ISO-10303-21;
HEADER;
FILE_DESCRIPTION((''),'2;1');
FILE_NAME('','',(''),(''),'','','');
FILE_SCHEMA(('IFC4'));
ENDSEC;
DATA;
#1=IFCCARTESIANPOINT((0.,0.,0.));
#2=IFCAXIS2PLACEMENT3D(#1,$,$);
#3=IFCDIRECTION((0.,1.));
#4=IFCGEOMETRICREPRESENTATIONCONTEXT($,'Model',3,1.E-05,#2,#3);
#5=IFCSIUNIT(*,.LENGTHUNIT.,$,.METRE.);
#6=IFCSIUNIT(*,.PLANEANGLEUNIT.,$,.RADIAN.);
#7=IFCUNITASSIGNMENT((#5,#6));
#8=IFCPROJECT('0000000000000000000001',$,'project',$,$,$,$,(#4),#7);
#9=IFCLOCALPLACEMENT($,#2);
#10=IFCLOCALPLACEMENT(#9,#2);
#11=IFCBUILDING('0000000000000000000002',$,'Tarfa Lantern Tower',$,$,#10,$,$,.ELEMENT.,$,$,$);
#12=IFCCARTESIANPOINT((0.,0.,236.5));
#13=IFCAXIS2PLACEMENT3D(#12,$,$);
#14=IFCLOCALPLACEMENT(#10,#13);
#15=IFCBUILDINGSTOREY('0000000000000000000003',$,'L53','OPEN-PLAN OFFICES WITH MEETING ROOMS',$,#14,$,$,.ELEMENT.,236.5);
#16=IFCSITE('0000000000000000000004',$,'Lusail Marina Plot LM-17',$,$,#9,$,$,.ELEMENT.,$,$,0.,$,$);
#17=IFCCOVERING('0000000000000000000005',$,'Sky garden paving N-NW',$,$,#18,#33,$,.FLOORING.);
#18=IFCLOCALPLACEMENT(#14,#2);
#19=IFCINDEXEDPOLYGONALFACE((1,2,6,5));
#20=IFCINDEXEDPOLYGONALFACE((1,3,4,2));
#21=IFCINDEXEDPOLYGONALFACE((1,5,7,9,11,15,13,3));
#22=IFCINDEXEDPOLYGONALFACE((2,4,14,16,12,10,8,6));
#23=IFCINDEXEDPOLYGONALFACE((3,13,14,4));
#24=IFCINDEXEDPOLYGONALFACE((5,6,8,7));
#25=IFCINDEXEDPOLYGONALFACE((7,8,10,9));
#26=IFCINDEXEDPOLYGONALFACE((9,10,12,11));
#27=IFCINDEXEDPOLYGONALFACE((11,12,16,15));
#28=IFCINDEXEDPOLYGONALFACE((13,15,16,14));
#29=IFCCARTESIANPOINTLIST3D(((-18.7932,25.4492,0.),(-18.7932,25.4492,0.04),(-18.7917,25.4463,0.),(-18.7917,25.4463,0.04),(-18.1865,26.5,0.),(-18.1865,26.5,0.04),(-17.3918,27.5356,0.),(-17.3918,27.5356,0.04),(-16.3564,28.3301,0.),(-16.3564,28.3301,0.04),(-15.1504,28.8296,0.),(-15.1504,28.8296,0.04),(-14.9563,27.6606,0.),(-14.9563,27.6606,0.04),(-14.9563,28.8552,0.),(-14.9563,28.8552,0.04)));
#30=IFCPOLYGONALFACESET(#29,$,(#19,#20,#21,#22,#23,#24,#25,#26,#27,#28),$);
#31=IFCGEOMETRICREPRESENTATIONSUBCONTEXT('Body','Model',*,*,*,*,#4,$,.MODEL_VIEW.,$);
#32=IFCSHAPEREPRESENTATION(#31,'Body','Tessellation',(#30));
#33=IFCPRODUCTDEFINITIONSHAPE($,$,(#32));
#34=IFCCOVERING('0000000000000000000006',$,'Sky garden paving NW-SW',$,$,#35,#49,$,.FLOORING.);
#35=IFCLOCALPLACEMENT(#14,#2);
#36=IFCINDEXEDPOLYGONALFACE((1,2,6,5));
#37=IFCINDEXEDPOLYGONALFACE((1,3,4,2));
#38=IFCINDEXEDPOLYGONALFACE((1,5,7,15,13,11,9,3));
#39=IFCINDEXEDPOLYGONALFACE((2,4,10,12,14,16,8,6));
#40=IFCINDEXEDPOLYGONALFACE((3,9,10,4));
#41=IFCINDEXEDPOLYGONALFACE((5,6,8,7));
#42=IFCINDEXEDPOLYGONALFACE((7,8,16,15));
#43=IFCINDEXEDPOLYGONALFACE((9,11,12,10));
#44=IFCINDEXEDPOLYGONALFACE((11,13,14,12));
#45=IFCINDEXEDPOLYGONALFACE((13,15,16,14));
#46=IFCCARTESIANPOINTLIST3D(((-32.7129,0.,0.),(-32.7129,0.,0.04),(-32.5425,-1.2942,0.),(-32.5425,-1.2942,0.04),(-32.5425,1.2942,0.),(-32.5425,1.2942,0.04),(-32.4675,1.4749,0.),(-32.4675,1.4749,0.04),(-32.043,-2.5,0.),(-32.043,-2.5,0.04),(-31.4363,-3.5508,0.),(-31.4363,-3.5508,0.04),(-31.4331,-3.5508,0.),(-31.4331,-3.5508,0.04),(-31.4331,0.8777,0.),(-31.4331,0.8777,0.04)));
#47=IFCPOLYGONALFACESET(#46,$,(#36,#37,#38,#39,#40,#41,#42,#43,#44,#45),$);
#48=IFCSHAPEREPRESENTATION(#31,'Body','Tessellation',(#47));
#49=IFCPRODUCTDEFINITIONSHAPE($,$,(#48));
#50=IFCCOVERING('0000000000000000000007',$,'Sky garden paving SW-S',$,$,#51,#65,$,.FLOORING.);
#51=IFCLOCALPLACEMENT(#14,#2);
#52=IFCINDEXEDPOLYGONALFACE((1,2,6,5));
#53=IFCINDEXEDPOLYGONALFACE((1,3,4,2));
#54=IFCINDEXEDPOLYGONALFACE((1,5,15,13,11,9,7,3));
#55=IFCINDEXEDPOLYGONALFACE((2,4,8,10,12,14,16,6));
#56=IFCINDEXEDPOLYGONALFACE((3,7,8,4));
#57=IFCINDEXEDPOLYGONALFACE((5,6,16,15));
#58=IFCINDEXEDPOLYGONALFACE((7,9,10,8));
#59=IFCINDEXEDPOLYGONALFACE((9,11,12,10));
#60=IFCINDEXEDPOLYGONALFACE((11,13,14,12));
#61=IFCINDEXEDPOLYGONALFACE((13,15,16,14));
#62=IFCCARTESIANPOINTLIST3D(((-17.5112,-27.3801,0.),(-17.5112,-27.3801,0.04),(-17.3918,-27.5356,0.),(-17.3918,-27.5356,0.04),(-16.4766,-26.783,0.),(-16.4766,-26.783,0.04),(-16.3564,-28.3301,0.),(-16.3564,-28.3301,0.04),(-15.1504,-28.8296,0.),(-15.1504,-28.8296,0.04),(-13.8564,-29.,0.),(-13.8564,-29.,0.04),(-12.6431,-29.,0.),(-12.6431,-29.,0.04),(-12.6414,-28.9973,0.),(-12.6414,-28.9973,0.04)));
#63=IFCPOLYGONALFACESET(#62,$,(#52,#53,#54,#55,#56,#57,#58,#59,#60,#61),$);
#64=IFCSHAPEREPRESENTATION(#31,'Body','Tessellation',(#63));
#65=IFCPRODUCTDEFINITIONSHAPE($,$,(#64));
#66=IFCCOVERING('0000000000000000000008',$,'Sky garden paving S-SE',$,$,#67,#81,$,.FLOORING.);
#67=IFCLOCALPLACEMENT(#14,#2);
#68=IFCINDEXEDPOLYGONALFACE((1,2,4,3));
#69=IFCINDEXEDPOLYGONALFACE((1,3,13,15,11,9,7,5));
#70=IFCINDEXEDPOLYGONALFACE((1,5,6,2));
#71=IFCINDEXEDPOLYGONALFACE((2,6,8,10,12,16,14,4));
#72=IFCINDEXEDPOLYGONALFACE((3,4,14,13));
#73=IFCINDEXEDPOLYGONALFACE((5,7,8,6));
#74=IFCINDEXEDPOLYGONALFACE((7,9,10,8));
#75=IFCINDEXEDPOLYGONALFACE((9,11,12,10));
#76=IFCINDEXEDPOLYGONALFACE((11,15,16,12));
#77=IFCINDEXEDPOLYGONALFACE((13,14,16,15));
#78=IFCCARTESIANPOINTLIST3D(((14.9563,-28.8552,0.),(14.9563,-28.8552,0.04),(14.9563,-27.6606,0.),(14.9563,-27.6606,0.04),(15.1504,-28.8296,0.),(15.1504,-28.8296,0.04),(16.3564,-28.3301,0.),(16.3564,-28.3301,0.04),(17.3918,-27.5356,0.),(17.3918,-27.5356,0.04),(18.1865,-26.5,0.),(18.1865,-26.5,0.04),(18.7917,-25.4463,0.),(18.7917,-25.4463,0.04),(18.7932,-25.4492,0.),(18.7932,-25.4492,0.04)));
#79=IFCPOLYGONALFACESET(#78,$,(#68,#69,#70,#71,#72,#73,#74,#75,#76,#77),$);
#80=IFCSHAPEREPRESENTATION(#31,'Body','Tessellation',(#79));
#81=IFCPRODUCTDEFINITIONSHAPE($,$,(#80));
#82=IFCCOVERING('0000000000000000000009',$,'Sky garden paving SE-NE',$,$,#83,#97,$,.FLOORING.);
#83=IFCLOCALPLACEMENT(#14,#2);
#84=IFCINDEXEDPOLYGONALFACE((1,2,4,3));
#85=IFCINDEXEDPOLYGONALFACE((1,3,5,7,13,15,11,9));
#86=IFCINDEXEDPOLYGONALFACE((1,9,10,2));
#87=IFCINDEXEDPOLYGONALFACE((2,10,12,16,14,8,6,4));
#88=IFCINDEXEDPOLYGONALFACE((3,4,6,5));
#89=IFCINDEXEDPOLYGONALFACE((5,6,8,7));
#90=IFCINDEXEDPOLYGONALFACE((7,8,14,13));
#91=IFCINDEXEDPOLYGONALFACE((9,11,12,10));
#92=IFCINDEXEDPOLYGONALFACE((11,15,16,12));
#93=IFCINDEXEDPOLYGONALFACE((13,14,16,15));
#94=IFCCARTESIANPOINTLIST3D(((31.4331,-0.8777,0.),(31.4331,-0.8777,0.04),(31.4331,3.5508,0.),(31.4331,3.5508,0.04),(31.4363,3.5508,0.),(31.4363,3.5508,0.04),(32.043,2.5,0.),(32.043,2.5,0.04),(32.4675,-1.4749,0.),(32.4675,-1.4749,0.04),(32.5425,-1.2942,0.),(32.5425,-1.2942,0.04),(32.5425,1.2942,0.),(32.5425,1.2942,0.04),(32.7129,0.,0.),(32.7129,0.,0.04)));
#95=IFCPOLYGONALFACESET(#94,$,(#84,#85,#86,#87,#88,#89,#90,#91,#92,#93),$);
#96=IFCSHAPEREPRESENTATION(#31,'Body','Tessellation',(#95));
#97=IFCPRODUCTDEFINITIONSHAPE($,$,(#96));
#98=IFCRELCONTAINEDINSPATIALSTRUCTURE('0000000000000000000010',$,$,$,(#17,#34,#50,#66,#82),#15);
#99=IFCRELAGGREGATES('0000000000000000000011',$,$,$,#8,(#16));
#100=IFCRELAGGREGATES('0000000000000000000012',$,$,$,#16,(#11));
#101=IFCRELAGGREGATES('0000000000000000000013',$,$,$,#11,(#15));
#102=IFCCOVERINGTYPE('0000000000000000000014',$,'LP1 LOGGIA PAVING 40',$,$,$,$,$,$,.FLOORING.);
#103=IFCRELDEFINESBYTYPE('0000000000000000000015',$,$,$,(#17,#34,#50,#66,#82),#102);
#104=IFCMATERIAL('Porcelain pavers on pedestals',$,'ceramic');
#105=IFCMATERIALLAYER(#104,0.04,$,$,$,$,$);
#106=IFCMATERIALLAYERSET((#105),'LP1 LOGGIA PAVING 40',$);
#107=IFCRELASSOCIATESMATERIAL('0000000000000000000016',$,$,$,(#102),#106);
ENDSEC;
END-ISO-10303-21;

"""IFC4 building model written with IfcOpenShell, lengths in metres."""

from ifc_helpers import new_model, si_unit, direction, frame, origin, place, context, subcontext, project, spatial, polyline, outline, extrude, material, layer, layer_set, type_object, element, save


model = new_model("IFC4")

# Units and contexts
model_context = context("Model", 3, precision=1e-05, world=origin(), true_north=direction((0.0, 1.0)))
body_context = subcontext(model_context, "Body", "Model", "MODEL_VIEW")
ifc_project = project(units=[si_unit("LENGTHUNIT", "METRE"), si_unit("PLANEANGLEUNIT", "RADIAN")], contexts=[model_context])

# Site, building, storey
site_placement = place(None, origin())
site = spatial("IfcSite", under=ifc_project, at=site_placement, Name="Lusail Marina Plot LM-17", CompositionType="ELEMENT", RefElevation=0.0)
building_placement = place(site_placement, origin())
building = spatial("IfcBuilding", under=site, at=building_placement, Name="Tarfa Lantern Tower", CompositionType="ELEMENT")
storey_placement = place(building_placement, frame((0.0, 0.0, 236.5)))
storey = spatial("IfcBuildingStorey", under=building, at=storey_placement, Name="L53", Description="OPEN-PLAN OFFICES WITH MEETING ROOMS", CompositionType="ELEMENT", Elevation=236.5)

# Coverings
ifc_material_1 = material(Name="Porcelain pavers on pedestals", Category="ceramic")
ifc_layer_1 = layer(ifc_material_1, 0.04)
ifc_layer_set_1 = layer_set([ifc_layer_1], Name="LP1 LOGGIA PAVING 40")
covering_type = type_object("IfcCoveringType", Name="LP1 LOGGIA PAVING 40", PredefinedType="FLOORING", material=ifc_layer_set_1)
covering_1_placement = place(storey_placement, origin())
element("IfcCovering", 1, at=covering_1_placement, inside=storey, type_object=covering_type, Name="Sky garden paving N-NW", PredefinedType="FLOORING", context=body_context, shape_type="SweptSolid", body=[
    extrude(outline(polyline([(-17.3918, 27.5356), (-16.3564, 28.3301), (-15.1504, 28.8296), (-14.9563, 28.8552), (-14.9563, 27.6606), (-18.7917, 25.4463), (-18.7932, 25.4492), (-18.1865, 26.5), (-17.3918, 27.5356)])), origin(), (0.0, 0.0, 1.0), 0.04),
])
covering_2_placement = place(storey_placement, origin())
element("IfcCovering", 2, at=covering_2_placement, inside=storey, type_object=covering_type, Name="Sky garden paving NW-SW", PredefinedType="FLOORING", context=body_context, shape_type="SweptSolid", body=[
    extrude(outline(polyline([(-32.5425, -1.2942), (-32.7129, 0.0), (-32.5425, 1.2942), (-32.4675, 1.4749), (-31.4331, 0.8777), (-31.4331, -3.5508), (-31.4363, -3.5508), (-32.043, -2.5), (-32.5425, -1.2942)])), origin(), (0.0, 0.0, 1.0), 0.04),
])
covering_3_placement = place(storey_placement, origin())
element("IfcCovering", 3, at=covering_3_placement, inside=storey, type_object=covering_type, Name="Sky garden paving SW-S", PredefinedType="FLOORING", context=body_context, shape_type="SweptSolid", body=[
    extrude(outline(polyline([(-15.1504, -28.8296), (-16.3564, -28.3301), (-17.3918, -27.5356), (-17.5112, -27.3801), (-16.4766, -26.783), (-12.6414, -28.9973), (-12.6431, -29.0), (-13.8564, -29.0), (-15.1504, -28.8296)])), origin(), (0.0, 0.0, 1.0), 0.04),
])
covering_4_placement = place(storey_placement, origin())
element("IfcCovering", 4, at=covering_4_placement, inside=storey, type_object=covering_type, Name="Sky garden paving S-SE", PredefinedType="FLOORING", context=body_context, shape_type="SweptSolid", body=[
    extrude(outline(polyline([(17.3918, -27.5356), (16.3564, -28.3301), (15.1504, -28.8296), (14.9563, -28.8552), (14.9563, -27.6606), (18.7917, -25.4463), (18.7932, -25.4492), (18.1865, -26.5), (17.3918, -27.5356)])), origin(), (0.0, 0.0, 1.0), 0.04),
])
covering_5_placement = place(storey_placement, origin())
element("IfcCovering", 5, at=covering_5_placement, inside=storey, type_object=covering_type, Name="Sky garden paving SE-NE", PredefinedType="FLOORING", context=body_context, shape_type="SweptSolid", body=[
    extrude(outline(polyline([(32.5425, 1.2942), (32.7129, 0.0), (32.5425, -1.2942), (32.4675, -1.4749), (31.4331, -0.8777), (31.4331, 3.5508), (31.4363, 3.5508), (32.043, 2.5), (32.5425, 1.2942)])), origin(), (0.0, 0.0, 1.0), 0.04),
])

save(model, "model.ifc")
